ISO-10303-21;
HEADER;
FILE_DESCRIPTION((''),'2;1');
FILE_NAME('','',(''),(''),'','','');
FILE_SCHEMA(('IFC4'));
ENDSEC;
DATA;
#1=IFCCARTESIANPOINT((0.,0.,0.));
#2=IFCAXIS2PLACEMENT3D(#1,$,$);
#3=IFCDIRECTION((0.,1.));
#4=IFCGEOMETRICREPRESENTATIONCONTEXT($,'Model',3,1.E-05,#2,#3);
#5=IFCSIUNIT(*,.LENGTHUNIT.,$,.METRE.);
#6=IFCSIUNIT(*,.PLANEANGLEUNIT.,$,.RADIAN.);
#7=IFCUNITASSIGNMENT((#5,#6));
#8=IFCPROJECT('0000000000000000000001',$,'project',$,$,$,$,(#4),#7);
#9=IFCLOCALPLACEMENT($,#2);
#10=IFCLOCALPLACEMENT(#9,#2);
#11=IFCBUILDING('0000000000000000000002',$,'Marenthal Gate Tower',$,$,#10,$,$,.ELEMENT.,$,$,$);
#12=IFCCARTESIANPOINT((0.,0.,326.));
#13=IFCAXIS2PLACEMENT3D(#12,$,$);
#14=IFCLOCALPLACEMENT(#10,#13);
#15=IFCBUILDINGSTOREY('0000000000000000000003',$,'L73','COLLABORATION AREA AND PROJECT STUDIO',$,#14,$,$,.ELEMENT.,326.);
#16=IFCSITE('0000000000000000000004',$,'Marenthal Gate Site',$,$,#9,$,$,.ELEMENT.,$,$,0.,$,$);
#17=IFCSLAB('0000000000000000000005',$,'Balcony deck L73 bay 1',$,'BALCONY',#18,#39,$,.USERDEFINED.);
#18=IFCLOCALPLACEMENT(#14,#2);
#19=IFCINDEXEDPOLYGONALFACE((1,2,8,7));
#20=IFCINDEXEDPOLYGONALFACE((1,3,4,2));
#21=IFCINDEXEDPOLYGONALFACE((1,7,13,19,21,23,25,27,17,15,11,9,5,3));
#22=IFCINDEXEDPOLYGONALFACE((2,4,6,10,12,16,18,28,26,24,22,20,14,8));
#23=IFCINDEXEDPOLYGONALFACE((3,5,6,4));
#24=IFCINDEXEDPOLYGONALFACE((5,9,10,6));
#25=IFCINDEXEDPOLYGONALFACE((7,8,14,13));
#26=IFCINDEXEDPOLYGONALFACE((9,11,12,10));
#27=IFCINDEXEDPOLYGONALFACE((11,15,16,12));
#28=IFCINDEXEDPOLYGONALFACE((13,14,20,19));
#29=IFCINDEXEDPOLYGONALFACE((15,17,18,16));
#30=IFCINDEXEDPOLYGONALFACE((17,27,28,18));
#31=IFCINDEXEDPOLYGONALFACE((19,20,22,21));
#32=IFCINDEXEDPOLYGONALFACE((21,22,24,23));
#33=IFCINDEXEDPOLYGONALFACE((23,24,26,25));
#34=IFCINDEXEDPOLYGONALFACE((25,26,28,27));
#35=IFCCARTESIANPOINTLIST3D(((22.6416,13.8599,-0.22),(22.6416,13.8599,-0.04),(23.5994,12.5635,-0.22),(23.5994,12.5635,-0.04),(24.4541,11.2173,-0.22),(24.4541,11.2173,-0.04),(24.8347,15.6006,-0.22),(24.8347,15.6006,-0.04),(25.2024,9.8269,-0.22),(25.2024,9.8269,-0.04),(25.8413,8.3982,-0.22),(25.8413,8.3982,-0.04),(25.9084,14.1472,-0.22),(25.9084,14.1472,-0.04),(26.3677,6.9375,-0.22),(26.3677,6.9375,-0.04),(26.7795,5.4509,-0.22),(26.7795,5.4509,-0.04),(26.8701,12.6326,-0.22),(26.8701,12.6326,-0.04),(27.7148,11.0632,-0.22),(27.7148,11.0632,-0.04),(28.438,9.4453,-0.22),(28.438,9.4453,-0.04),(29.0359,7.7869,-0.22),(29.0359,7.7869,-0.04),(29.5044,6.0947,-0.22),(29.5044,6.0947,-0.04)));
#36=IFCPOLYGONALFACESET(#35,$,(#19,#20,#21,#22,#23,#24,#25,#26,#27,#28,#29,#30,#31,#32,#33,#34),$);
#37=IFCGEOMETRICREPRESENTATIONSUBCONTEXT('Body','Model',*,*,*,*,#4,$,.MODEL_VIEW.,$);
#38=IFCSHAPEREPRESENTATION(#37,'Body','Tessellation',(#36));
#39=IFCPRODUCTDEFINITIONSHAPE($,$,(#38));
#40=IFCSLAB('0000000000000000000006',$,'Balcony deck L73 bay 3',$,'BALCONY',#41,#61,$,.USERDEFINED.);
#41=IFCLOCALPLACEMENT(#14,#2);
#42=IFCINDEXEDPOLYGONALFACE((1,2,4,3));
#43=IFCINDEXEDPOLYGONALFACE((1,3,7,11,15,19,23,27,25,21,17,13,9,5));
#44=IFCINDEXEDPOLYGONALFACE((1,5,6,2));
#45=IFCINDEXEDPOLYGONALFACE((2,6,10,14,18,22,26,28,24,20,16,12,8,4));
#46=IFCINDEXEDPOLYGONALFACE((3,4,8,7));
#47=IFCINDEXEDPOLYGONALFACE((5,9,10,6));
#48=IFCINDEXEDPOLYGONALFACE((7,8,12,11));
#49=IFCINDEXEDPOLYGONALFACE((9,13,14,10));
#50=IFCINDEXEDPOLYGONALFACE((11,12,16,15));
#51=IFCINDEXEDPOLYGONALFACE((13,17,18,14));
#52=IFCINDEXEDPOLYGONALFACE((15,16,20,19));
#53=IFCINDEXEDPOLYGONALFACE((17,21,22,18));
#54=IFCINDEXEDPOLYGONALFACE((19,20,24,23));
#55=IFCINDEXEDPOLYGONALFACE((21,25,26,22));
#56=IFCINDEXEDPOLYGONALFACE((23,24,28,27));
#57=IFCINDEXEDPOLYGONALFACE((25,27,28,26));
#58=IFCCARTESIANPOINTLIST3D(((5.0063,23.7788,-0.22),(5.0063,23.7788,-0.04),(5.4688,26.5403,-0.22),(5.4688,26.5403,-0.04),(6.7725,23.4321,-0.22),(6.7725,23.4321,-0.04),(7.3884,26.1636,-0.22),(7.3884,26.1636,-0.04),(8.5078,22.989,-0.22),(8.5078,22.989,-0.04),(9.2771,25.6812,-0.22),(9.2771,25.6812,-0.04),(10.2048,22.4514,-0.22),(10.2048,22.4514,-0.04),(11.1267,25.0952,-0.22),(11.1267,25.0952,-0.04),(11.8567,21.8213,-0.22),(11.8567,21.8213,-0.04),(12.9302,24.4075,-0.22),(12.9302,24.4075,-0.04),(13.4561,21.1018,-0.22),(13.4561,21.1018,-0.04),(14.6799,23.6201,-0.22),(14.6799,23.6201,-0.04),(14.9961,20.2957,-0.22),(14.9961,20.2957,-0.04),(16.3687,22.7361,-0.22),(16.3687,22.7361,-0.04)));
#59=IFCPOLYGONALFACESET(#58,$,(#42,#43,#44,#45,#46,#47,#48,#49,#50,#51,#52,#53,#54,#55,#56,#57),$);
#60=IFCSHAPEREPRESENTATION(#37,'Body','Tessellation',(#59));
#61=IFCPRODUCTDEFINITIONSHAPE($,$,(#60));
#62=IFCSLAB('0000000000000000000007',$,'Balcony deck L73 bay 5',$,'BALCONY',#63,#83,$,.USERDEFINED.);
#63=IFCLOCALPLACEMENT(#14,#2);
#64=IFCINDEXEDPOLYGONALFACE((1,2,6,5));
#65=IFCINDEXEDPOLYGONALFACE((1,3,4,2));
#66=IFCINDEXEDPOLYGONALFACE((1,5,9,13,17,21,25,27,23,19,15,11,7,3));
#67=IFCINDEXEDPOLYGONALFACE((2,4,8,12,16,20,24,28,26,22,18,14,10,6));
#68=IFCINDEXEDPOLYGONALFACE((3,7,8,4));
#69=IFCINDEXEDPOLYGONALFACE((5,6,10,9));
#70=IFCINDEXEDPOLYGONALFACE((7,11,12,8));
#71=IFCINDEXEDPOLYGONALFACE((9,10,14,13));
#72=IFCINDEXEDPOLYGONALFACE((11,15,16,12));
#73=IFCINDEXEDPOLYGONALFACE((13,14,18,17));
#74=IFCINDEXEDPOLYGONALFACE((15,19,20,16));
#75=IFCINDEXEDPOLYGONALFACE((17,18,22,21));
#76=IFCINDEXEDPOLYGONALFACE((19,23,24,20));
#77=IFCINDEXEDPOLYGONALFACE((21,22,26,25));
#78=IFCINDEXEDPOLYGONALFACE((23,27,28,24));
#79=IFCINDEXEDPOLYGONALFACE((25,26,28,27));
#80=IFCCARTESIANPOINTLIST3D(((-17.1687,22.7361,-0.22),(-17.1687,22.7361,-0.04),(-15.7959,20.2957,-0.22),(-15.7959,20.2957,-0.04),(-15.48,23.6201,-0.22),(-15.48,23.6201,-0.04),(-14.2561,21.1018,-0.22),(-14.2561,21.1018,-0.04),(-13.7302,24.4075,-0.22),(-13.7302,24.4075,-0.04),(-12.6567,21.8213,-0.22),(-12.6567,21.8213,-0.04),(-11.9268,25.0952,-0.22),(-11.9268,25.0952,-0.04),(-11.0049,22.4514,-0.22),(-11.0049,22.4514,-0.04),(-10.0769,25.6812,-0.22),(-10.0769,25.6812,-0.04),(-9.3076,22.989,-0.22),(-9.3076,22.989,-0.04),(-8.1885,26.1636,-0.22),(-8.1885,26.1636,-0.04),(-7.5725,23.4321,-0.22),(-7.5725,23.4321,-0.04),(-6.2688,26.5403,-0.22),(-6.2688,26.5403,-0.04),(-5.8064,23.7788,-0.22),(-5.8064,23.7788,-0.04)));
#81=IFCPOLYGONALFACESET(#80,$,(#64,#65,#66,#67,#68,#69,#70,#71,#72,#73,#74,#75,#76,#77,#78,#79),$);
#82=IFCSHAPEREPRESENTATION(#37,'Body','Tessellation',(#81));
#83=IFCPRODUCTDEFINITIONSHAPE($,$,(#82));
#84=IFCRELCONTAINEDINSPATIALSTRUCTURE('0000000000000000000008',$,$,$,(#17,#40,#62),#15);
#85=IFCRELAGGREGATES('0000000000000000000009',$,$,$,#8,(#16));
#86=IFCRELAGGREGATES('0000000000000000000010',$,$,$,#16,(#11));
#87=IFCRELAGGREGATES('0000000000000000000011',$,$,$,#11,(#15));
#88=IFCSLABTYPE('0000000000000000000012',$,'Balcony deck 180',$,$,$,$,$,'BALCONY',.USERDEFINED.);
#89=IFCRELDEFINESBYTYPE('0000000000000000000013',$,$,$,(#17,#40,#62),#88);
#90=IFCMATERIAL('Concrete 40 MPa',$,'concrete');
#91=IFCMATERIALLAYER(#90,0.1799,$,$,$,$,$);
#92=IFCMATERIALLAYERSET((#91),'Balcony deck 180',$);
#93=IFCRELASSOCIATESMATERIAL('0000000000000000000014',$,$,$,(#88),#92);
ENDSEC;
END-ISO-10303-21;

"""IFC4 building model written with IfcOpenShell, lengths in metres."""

from ifc_helpers import new_model, si_unit, direction, frame, origin, place, context, subcontext, project, spatial, polyline, outline, extrude, material, layer, layer_set, type_object, element, save


model = new_model("IFC4")

# Units and contexts
model_context = context("Model", 3, precision=1e-05, world=origin(), true_north=direction((0.0, 1.0)))
body_context = subcontext(model_context, "Body", "Model", "MODEL_VIEW")
ifc_project = project(units=[si_unit("LENGTHUNIT", "METRE"), si_unit("PLANEANGLEUNIT", "RADIAN")], contexts=[model_context])

# Site, building, storey
site_placement = place(None, origin())
site = spatial("IfcSite", under=ifc_project, at=site_placement, Name="Marenthal Gate Site", CompositionType="ELEMENT", RefElevation=0.0)
building_placement = place(site_placement, origin())
building = spatial("IfcBuilding", under=site, at=building_placement, Name="Marenthal Gate Tower", CompositionType="ELEMENT")
storey_placement = place(building_placement, frame((0.0, 0.0, 326.0)))
storey = spatial("IfcBuildingStorey", under=building, at=storey_placement, Name="L73", Description="COLLABORATION AREA AND PROJECT STUDIO", CompositionType="ELEMENT", Elevation=326.0)

# Slabs
ifc_material_1 = material(Name="Concrete 40 MPa", Category="concrete")
ifc_layer_1 = layer(ifc_material_1, 0.1799)
ifc_layer_set_1 = layer_set([ifc_layer_1], Name="Balcony deck 180")
slab_type_1 = type_object("IfcSlabType", Name="Balcony deck 180", ElementType="BALCONY", PredefinedType="USERDEFINED", material=ifc_layer_set_1)
slab_1_placement = place(storey_placement, frame((0.0, 0.0, -0.22)))
element("IfcSlab", 1, at=slab_1_placement, inside=storey, type_object=slab_type_1, Name="Balcony deck L73 bay 1", ObjectType="BALCONY", PredefinedType="USERDEFINED", context=body_context, shape_type="SweptSolid", body=[
    extrude(outline(polyline([(26.7795, 5.4509), (26.3677, 6.9375), (25.8413, 8.3982), (25.2024, 9.8269), (24.4541, 11.2173), (23.5994, 12.5635), (22.6416, 13.8599), (24.8347, 15.6006), (25.9084, 14.1472), (26.8701, 12.6326), (27.7148, 11.0632), (28.438, 9.4453), (29.0359, 7.7869), (29.5044, 6.0947), (26.7795, 5.4509)])), origin(), (0.0, 0.0, 1.0), 0.1799),
])
slab_2_placement = place(storey_placement, frame((0.0, 0.0, -0.22)))
element("IfcSlab", 2, at=slab_2_placement, inside=storey, type_object=slab_type_1, Name="Balcony deck L73 bay 3", ObjectType="BALCONY", PredefinedType="USERDEFINED", context=body_context, shape_type="SweptSolid", body=[
    extrude(outline(polyline([(14.9961, 20.2957), (13.4561, 21.1018), (11.8567, 21.8213), (10.2048, 22.4514), (8.5078, 22.989), (6.7725, 23.4321), (5.0063, 23.7788), (5.4688, 26.5403), (7.3884, 26.1636), (9.2771, 25.6812), (11.1267, 25.0952), (12.9302, 24.4075), (14.6799, 23.6201), (16.3687, 22.7361), (14.9961, 20.2957)])), origin(), (0.0, 0.0, 1.0), 0.1799),
])
slab_3_placement = place(storey_placement, frame((0.0, 0.0, -0.22)))
element("IfcSlab", 3, at=slab_3_placement, inside=storey, type_object=slab_type_1, Name="Balcony deck L73 bay 5", ObjectType="BALCONY", PredefinedType="USERDEFINED", context=body_context, shape_type="SweptSolid", body=[
    extrude(outline(polyline([(-5.8064, 23.7788), (-7.5725, 23.4321), (-9.3076, 22.989), (-11.0049, 22.4514), (-12.6567, 21.8213), (-14.2561, 21.1018), (-15.7959, 20.2957), (-17.1687, 22.7361), (-15.48, 23.6201), (-13.7302, 24.4075), (-11.9268, 25.0952), (-10.0769, 25.6812), (-8.1885, 26.1636), (-6.2688, 26.5403), (-5.8064, 23.7788)])), origin(), (0.0, 0.0, 1.0), 0.1799),
])

save(model, "model.ifc")
